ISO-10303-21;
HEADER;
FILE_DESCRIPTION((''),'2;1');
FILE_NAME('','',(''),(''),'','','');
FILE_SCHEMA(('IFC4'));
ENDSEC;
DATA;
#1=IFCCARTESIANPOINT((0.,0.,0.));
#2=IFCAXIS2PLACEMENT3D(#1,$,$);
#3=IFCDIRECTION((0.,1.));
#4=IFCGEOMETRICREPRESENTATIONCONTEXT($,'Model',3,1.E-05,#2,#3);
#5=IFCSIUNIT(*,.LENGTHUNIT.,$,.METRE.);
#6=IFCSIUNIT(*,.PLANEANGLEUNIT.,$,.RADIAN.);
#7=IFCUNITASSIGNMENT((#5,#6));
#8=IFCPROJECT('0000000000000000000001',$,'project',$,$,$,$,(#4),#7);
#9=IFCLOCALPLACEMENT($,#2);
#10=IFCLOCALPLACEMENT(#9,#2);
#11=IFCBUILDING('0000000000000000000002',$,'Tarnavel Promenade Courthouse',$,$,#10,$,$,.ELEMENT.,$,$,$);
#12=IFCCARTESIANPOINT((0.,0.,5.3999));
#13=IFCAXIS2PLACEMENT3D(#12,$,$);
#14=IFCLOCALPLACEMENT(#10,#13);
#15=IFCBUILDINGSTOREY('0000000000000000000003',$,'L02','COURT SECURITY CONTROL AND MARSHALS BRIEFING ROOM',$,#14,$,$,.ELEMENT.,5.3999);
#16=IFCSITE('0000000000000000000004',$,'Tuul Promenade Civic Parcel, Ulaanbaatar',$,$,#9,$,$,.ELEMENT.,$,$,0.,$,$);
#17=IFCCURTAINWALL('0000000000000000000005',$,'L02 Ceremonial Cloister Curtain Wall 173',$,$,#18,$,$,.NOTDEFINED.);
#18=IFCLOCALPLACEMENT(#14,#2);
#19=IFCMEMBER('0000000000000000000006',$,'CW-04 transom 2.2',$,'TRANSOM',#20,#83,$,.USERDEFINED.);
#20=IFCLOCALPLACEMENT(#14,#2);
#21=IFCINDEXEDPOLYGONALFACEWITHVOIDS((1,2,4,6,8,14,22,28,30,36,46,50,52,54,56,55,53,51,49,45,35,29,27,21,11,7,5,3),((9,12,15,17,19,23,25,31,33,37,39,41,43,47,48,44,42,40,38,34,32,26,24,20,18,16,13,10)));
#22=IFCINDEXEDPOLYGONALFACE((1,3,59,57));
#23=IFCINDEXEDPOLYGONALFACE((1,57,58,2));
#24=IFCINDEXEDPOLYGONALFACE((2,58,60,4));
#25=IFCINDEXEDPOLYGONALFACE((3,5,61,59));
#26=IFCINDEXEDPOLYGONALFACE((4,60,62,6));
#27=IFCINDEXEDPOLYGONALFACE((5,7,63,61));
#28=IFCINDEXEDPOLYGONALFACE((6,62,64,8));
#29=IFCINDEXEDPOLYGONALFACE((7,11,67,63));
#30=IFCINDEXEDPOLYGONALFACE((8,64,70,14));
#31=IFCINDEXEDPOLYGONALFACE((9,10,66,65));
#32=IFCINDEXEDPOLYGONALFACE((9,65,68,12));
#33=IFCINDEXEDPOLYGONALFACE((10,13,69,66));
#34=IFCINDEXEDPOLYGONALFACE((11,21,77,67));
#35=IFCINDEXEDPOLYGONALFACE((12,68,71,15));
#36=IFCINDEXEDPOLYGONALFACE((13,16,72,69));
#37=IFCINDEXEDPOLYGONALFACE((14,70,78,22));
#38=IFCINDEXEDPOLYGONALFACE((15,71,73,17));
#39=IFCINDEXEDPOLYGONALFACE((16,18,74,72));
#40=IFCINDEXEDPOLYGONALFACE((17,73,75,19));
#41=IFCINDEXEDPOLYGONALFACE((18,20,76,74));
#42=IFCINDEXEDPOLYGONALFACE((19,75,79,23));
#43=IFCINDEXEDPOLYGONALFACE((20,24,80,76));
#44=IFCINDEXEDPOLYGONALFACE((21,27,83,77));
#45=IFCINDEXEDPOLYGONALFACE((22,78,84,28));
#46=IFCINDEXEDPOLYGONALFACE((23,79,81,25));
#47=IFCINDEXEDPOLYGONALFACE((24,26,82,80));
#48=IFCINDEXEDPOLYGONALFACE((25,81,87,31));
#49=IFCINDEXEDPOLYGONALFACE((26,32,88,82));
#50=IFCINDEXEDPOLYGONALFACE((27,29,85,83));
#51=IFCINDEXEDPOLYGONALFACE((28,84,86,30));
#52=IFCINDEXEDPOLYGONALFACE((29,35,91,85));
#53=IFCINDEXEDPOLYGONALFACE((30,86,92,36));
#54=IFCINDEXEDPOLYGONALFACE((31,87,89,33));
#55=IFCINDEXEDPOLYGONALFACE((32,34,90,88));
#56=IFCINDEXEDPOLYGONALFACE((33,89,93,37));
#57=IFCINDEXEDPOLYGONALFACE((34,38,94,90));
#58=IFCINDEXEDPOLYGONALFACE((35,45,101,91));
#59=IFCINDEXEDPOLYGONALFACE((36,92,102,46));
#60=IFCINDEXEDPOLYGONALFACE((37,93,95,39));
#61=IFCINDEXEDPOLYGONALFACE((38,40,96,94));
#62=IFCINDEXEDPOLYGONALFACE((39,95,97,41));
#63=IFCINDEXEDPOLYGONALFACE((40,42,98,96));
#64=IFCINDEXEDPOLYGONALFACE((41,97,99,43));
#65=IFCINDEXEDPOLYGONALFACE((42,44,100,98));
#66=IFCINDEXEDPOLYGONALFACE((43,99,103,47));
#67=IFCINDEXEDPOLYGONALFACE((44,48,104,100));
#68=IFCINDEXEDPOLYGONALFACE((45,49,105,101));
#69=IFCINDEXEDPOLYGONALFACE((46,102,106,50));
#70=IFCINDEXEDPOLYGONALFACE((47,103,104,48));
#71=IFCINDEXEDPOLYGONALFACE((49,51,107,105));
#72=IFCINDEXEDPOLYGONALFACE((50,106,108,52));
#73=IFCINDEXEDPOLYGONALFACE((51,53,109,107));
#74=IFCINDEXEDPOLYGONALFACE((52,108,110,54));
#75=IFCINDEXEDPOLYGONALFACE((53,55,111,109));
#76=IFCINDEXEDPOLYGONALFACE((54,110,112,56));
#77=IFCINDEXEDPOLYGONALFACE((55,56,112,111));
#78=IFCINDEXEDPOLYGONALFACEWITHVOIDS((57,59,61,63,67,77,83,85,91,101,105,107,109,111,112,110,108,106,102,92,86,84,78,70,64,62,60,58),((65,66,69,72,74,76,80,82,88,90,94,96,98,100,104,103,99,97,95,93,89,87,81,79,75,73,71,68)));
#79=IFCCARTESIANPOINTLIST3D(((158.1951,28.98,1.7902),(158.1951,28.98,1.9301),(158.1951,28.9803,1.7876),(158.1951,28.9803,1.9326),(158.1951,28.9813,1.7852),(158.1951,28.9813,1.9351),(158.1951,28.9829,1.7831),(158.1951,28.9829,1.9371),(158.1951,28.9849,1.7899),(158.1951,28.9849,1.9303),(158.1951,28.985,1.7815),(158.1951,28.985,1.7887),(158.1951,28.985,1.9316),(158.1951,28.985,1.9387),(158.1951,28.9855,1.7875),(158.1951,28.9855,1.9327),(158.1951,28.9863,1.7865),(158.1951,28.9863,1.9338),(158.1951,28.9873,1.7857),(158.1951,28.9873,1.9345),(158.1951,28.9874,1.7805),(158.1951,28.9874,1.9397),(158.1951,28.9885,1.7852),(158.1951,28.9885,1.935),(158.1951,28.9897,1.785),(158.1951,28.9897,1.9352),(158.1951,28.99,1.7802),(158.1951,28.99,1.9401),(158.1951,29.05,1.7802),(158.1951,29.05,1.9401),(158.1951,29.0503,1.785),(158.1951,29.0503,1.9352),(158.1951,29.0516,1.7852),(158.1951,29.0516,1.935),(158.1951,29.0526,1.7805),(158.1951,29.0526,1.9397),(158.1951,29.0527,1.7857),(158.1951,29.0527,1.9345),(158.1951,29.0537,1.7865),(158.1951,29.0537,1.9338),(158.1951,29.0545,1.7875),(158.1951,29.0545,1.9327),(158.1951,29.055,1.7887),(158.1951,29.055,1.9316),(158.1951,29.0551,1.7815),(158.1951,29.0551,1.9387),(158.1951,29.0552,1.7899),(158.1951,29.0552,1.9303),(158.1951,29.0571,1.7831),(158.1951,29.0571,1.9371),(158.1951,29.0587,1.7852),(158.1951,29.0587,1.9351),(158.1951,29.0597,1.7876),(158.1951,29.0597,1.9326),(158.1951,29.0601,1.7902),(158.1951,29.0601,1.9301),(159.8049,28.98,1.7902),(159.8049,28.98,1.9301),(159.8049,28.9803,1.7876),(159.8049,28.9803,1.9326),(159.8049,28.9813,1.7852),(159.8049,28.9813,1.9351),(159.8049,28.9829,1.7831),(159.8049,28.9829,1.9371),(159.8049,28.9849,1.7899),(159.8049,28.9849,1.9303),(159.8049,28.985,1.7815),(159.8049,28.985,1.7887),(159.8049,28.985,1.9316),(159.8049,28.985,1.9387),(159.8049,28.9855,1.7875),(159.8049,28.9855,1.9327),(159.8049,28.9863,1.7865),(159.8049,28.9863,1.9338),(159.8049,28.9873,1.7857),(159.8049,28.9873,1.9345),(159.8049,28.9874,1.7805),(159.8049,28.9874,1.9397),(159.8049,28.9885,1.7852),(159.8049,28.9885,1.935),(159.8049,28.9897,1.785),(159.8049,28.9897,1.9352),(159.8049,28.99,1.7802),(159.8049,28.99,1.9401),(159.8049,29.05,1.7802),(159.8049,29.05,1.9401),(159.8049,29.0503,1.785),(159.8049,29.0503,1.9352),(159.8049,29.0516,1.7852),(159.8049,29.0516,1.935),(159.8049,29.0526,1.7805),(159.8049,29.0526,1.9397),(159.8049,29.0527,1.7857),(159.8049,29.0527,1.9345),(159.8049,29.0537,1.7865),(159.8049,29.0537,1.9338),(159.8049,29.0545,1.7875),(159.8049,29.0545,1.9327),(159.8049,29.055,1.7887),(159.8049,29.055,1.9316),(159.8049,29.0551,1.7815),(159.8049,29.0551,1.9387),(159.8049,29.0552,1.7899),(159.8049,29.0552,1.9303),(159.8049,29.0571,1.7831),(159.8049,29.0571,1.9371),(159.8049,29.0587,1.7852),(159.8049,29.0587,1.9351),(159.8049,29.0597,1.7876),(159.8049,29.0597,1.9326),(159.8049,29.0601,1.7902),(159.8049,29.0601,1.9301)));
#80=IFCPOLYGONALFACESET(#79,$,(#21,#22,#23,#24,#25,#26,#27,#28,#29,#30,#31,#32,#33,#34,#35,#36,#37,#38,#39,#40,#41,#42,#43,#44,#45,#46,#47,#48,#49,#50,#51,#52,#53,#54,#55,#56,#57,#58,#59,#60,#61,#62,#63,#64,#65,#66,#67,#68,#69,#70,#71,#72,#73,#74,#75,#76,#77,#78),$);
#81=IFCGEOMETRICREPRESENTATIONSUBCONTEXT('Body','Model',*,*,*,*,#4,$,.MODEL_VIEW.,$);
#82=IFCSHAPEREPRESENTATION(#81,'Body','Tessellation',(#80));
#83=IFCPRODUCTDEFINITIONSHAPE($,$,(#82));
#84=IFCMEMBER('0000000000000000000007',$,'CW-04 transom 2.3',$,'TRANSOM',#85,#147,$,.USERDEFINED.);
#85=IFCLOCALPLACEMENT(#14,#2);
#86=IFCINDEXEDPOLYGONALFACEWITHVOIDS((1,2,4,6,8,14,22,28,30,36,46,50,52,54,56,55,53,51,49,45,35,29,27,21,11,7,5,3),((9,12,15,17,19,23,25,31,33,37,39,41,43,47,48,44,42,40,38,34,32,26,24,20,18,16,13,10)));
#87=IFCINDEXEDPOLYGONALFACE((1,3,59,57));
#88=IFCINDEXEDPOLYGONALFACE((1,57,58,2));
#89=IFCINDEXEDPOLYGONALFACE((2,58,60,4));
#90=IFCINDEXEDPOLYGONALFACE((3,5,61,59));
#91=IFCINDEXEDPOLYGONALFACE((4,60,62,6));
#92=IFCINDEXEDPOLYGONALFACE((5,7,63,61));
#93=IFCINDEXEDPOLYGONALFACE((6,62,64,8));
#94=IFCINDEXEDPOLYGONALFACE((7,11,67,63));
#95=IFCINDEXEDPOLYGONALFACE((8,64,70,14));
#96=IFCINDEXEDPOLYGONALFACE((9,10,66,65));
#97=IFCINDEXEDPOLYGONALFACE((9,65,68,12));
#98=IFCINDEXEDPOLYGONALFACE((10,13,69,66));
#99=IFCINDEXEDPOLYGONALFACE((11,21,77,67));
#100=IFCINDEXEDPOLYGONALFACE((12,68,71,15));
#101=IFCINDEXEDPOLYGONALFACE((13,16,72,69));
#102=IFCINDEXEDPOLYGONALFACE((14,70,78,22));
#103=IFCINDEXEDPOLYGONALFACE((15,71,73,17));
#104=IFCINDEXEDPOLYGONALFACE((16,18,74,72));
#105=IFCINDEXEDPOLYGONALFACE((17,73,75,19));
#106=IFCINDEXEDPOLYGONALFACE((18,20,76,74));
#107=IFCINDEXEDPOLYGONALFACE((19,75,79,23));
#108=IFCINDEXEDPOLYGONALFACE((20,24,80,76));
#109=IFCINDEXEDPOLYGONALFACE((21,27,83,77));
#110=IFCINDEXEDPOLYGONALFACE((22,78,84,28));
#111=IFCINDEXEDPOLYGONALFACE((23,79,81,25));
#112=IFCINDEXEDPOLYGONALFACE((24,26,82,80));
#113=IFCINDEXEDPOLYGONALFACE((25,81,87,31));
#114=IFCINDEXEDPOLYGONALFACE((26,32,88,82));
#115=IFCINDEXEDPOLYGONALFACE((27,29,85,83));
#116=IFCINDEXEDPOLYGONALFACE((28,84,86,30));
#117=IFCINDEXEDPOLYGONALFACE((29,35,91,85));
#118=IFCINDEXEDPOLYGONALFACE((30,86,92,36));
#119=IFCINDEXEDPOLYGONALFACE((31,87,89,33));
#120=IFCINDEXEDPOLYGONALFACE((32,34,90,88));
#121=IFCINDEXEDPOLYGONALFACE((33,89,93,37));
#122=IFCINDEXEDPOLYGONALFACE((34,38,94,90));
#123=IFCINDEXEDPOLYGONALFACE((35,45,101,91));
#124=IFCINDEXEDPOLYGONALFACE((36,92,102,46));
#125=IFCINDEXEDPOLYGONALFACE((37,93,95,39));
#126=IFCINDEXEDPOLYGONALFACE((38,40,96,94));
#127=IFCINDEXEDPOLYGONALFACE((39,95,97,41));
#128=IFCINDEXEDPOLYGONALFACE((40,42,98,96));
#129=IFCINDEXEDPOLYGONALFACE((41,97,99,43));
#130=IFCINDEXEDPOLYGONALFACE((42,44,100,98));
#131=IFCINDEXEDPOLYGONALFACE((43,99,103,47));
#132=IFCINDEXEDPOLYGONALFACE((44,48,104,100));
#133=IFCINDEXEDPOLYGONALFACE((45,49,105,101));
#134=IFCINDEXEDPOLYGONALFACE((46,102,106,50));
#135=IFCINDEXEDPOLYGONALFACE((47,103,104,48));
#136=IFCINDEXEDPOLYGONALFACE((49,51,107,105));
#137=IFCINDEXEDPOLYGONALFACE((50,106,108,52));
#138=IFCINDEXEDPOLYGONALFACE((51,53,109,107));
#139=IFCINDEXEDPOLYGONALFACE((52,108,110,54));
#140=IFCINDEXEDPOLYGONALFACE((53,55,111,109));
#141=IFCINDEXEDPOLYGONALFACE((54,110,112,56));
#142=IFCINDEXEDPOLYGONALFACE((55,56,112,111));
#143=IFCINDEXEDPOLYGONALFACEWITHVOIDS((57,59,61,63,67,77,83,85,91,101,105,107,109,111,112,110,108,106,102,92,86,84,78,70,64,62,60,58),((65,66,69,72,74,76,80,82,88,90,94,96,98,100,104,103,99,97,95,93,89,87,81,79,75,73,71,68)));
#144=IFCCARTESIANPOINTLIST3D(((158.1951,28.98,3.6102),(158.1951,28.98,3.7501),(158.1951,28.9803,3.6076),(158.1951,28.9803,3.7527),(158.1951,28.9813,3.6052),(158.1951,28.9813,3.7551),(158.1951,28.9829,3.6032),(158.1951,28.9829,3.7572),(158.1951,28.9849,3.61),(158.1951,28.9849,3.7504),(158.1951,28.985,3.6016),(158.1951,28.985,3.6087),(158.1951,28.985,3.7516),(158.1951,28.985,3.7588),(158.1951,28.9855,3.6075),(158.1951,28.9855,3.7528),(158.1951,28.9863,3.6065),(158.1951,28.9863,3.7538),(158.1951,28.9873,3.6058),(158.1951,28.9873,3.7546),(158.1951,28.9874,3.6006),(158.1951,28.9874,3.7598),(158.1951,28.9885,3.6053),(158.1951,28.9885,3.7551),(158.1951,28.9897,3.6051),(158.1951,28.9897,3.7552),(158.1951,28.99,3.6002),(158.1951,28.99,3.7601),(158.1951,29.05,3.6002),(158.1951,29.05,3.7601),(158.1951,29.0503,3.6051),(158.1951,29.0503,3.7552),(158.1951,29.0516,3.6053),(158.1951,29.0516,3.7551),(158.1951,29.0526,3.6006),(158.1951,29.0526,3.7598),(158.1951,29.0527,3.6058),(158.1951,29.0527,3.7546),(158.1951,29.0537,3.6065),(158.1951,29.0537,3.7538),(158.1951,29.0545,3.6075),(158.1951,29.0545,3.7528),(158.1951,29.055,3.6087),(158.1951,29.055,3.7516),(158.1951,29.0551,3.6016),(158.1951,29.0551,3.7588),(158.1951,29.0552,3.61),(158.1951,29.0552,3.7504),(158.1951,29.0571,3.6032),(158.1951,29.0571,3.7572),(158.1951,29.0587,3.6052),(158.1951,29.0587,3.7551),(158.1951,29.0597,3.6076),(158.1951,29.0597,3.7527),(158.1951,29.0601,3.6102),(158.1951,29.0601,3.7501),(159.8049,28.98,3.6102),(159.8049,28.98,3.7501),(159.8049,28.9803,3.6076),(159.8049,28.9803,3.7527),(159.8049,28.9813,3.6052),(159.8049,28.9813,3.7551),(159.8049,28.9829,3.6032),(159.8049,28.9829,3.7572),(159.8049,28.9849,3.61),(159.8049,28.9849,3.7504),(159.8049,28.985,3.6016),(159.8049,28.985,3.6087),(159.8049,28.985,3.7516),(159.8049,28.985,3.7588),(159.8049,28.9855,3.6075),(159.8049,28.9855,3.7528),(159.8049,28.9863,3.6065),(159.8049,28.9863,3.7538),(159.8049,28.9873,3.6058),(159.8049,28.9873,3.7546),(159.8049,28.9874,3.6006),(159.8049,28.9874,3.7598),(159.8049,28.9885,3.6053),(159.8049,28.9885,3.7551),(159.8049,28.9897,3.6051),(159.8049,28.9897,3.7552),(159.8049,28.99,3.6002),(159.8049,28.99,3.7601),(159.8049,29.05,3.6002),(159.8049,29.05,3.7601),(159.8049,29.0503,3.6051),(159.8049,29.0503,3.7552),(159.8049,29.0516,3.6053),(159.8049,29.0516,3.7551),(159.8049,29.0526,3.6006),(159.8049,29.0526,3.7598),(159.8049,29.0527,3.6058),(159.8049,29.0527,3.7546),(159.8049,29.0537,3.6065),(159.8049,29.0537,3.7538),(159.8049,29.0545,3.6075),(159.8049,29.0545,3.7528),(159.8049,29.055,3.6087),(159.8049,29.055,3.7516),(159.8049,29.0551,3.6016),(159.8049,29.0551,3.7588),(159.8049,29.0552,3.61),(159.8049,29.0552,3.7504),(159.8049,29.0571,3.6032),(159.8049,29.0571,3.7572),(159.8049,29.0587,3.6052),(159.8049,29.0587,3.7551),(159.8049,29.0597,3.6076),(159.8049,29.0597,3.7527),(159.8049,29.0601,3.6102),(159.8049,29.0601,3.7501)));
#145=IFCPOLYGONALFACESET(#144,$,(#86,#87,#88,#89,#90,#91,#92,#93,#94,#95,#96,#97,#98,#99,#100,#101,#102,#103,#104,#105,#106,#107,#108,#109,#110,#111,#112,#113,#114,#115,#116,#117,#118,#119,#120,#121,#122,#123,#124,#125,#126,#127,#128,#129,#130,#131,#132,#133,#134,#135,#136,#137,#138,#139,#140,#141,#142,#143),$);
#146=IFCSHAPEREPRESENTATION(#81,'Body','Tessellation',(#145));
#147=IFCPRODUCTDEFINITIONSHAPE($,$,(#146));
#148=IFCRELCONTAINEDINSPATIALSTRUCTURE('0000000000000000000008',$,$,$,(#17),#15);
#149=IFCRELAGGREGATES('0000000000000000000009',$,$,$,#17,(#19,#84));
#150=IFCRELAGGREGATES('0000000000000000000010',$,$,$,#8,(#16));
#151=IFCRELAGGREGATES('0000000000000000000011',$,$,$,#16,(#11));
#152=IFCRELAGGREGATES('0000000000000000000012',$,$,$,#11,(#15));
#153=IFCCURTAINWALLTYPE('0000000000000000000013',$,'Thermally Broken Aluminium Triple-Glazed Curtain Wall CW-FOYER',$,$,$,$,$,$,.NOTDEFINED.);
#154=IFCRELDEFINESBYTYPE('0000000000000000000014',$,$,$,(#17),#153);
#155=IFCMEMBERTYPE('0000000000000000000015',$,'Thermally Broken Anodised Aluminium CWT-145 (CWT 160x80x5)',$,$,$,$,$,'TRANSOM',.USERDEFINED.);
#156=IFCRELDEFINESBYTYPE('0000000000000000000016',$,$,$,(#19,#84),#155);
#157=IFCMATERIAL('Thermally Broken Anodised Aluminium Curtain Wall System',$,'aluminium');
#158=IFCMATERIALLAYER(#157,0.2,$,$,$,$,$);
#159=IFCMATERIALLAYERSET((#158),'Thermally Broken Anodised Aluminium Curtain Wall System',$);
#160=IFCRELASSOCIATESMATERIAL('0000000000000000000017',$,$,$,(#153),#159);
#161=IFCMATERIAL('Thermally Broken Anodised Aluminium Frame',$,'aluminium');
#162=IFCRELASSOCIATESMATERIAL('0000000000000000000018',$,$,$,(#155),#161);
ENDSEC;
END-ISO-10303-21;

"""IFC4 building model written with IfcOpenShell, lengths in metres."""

from ifc_helpers import new_model, si_unit, direction, frame, origin, origin_2d, place, context, subcontext, project, spatial, hollow_rectangle, extrude, material, layer, layer_set, material_profile, profile_set, type_object, element, aggregate, save


model = new_model("IFC4")

# Units and contexts
model_context = context("Model", 3, precision=1e-05, world=origin(), true_north=direction((0.0, 1.0)))
body_context = subcontext(model_context, "Body", "Model", "MODEL_VIEW")
ifc_project = project(units=[si_unit("LENGTHUNIT", "METRE"), si_unit("PLANEANGLEUNIT", "RADIAN")], contexts=[model_context])

# Site, building, storey
site_placement = place(None, origin())
site = spatial("IfcSite", under=ifc_project, at=site_placement, Name="Tuul Promenade Civic Parcel, Ulaanbaatar", CompositionType="ELEMENT", RefElevation=0.0)
building_placement = place(site_placement, origin())
building = spatial("IfcBuilding", under=site, at=building_placement, Name="Tarnavel Promenade Courthouse", CompositionType="ELEMENT")
storey_placement = place(building_placement, frame((0.0, 0.0, 5.3999)))
storey = spatial("IfcBuildingStorey", under=building, at=storey_placement, Name="L02", Description="COURT SECURITY CONTROL AND MARSHALS BRIEFING ROOM", CompositionType="ELEMENT", Elevation=5.3999)

# Curtain wall, members
ifc_material_1 = material(Name="Thermally Broken Anodised Aluminium Curtain Wall System", Category="aluminium")
ifc_layer_1 = layer(ifc_material_1, 0.2)
ifc_layer_set_1 = layer_set([ifc_layer_1], Name="Thermally Broken Anodised Aluminium Curtain Wall System")
curtain_wall_type = type_object("IfcCurtainWallType", Name="Thermally Broken Aluminium Triple-Glazed Curtain Wall CW-FOYER", PredefinedType="NOTDEFINED", material=ifc_layer_set_1)
curtain_wall_placement = place(storey_placement, origin())
curtain_wall = element("IfcCurtainWall", 1, at=curtain_wall_placement, inside=storey, type_object=curtain_wall_type, Name="L02 Ceremonial Cloister Curtain Wall 173", PredefinedType="NOTDEFINED")
ifc_material_2 = material(Name="Thermally Broken Anodised Aluminium Frame", Category="aluminium")
ifc_material_profile_1 = material_profile(ifc_material_2, hollow_rectangle(XDim=0.0801, YDim=0.1599, WallThickness=0.0049, InnerFilletRadius=0.0049, OuterFilletRadius=0.01, at=origin_2d()), Name="CWT 160x80x5")
ifc_profile_set_1 = profile_set([ifc_material_profile_1], Name="Thermally Broken Anodised Aluminium Frame")
member_type_1 = type_object("IfcMemberType", Name="Thermally Broken Anodised Aluminium CWT-145 (CWT 160x80x5)", ElementType="TRANSOM", PredefinedType="USERDEFINED", material=ifc_profile_set_1)
member_1_placement = place(storey_placement, frame((158.1951, 29.02, 1.8601), z_axis=(1.0, 0.0, 0.0), x_axis=(0.0, 1.0, 0.0)))
member_1 = element("IfcMember", 2, at=member_1_placement, type_object=member_type_1, Name="CW-04 transom 2.2", ObjectType="TRANSOM", PredefinedType="USERDEFINED", context=body_context, shape_type="SweptSolid", body=[
    extrude(hollow_rectangle(XDim=0.0801, YDim=0.1599, WallThickness=0.0049, InnerFilletRadius=0.0049, OuterFilletRadius=0.01, at=origin_2d()), origin(), (0.0, 0.0, 1.0), 1.6099),
])
member_2_placement = place(storey_placement, frame((158.1951, 29.02, 3.6802), z_axis=(1.0, 0.0, 0.0), x_axis=(0.0, 1.0, 0.0)))
member_2 = element("IfcMember", 3, at=member_2_placement, type_object=member_type_1, Name="CW-04 transom 2.3", ObjectType="TRANSOM", PredefinedType="USERDEFINED", context=body_context, shape_type="SweptSolid", body=[
    extrude(hollow_rectangle(XDim=0.0801, YDim=0.1599, WallThickness=0.0049, InnerFilletRadius=0.0049, OuterFilletRadius=0.01, at=origin_2d()), origin(), (0.0, 0.0, 1.0), 1.6099),
])
aggregate(curtain_wall, [member_1, member_2])

save(model, "model.ifc")
